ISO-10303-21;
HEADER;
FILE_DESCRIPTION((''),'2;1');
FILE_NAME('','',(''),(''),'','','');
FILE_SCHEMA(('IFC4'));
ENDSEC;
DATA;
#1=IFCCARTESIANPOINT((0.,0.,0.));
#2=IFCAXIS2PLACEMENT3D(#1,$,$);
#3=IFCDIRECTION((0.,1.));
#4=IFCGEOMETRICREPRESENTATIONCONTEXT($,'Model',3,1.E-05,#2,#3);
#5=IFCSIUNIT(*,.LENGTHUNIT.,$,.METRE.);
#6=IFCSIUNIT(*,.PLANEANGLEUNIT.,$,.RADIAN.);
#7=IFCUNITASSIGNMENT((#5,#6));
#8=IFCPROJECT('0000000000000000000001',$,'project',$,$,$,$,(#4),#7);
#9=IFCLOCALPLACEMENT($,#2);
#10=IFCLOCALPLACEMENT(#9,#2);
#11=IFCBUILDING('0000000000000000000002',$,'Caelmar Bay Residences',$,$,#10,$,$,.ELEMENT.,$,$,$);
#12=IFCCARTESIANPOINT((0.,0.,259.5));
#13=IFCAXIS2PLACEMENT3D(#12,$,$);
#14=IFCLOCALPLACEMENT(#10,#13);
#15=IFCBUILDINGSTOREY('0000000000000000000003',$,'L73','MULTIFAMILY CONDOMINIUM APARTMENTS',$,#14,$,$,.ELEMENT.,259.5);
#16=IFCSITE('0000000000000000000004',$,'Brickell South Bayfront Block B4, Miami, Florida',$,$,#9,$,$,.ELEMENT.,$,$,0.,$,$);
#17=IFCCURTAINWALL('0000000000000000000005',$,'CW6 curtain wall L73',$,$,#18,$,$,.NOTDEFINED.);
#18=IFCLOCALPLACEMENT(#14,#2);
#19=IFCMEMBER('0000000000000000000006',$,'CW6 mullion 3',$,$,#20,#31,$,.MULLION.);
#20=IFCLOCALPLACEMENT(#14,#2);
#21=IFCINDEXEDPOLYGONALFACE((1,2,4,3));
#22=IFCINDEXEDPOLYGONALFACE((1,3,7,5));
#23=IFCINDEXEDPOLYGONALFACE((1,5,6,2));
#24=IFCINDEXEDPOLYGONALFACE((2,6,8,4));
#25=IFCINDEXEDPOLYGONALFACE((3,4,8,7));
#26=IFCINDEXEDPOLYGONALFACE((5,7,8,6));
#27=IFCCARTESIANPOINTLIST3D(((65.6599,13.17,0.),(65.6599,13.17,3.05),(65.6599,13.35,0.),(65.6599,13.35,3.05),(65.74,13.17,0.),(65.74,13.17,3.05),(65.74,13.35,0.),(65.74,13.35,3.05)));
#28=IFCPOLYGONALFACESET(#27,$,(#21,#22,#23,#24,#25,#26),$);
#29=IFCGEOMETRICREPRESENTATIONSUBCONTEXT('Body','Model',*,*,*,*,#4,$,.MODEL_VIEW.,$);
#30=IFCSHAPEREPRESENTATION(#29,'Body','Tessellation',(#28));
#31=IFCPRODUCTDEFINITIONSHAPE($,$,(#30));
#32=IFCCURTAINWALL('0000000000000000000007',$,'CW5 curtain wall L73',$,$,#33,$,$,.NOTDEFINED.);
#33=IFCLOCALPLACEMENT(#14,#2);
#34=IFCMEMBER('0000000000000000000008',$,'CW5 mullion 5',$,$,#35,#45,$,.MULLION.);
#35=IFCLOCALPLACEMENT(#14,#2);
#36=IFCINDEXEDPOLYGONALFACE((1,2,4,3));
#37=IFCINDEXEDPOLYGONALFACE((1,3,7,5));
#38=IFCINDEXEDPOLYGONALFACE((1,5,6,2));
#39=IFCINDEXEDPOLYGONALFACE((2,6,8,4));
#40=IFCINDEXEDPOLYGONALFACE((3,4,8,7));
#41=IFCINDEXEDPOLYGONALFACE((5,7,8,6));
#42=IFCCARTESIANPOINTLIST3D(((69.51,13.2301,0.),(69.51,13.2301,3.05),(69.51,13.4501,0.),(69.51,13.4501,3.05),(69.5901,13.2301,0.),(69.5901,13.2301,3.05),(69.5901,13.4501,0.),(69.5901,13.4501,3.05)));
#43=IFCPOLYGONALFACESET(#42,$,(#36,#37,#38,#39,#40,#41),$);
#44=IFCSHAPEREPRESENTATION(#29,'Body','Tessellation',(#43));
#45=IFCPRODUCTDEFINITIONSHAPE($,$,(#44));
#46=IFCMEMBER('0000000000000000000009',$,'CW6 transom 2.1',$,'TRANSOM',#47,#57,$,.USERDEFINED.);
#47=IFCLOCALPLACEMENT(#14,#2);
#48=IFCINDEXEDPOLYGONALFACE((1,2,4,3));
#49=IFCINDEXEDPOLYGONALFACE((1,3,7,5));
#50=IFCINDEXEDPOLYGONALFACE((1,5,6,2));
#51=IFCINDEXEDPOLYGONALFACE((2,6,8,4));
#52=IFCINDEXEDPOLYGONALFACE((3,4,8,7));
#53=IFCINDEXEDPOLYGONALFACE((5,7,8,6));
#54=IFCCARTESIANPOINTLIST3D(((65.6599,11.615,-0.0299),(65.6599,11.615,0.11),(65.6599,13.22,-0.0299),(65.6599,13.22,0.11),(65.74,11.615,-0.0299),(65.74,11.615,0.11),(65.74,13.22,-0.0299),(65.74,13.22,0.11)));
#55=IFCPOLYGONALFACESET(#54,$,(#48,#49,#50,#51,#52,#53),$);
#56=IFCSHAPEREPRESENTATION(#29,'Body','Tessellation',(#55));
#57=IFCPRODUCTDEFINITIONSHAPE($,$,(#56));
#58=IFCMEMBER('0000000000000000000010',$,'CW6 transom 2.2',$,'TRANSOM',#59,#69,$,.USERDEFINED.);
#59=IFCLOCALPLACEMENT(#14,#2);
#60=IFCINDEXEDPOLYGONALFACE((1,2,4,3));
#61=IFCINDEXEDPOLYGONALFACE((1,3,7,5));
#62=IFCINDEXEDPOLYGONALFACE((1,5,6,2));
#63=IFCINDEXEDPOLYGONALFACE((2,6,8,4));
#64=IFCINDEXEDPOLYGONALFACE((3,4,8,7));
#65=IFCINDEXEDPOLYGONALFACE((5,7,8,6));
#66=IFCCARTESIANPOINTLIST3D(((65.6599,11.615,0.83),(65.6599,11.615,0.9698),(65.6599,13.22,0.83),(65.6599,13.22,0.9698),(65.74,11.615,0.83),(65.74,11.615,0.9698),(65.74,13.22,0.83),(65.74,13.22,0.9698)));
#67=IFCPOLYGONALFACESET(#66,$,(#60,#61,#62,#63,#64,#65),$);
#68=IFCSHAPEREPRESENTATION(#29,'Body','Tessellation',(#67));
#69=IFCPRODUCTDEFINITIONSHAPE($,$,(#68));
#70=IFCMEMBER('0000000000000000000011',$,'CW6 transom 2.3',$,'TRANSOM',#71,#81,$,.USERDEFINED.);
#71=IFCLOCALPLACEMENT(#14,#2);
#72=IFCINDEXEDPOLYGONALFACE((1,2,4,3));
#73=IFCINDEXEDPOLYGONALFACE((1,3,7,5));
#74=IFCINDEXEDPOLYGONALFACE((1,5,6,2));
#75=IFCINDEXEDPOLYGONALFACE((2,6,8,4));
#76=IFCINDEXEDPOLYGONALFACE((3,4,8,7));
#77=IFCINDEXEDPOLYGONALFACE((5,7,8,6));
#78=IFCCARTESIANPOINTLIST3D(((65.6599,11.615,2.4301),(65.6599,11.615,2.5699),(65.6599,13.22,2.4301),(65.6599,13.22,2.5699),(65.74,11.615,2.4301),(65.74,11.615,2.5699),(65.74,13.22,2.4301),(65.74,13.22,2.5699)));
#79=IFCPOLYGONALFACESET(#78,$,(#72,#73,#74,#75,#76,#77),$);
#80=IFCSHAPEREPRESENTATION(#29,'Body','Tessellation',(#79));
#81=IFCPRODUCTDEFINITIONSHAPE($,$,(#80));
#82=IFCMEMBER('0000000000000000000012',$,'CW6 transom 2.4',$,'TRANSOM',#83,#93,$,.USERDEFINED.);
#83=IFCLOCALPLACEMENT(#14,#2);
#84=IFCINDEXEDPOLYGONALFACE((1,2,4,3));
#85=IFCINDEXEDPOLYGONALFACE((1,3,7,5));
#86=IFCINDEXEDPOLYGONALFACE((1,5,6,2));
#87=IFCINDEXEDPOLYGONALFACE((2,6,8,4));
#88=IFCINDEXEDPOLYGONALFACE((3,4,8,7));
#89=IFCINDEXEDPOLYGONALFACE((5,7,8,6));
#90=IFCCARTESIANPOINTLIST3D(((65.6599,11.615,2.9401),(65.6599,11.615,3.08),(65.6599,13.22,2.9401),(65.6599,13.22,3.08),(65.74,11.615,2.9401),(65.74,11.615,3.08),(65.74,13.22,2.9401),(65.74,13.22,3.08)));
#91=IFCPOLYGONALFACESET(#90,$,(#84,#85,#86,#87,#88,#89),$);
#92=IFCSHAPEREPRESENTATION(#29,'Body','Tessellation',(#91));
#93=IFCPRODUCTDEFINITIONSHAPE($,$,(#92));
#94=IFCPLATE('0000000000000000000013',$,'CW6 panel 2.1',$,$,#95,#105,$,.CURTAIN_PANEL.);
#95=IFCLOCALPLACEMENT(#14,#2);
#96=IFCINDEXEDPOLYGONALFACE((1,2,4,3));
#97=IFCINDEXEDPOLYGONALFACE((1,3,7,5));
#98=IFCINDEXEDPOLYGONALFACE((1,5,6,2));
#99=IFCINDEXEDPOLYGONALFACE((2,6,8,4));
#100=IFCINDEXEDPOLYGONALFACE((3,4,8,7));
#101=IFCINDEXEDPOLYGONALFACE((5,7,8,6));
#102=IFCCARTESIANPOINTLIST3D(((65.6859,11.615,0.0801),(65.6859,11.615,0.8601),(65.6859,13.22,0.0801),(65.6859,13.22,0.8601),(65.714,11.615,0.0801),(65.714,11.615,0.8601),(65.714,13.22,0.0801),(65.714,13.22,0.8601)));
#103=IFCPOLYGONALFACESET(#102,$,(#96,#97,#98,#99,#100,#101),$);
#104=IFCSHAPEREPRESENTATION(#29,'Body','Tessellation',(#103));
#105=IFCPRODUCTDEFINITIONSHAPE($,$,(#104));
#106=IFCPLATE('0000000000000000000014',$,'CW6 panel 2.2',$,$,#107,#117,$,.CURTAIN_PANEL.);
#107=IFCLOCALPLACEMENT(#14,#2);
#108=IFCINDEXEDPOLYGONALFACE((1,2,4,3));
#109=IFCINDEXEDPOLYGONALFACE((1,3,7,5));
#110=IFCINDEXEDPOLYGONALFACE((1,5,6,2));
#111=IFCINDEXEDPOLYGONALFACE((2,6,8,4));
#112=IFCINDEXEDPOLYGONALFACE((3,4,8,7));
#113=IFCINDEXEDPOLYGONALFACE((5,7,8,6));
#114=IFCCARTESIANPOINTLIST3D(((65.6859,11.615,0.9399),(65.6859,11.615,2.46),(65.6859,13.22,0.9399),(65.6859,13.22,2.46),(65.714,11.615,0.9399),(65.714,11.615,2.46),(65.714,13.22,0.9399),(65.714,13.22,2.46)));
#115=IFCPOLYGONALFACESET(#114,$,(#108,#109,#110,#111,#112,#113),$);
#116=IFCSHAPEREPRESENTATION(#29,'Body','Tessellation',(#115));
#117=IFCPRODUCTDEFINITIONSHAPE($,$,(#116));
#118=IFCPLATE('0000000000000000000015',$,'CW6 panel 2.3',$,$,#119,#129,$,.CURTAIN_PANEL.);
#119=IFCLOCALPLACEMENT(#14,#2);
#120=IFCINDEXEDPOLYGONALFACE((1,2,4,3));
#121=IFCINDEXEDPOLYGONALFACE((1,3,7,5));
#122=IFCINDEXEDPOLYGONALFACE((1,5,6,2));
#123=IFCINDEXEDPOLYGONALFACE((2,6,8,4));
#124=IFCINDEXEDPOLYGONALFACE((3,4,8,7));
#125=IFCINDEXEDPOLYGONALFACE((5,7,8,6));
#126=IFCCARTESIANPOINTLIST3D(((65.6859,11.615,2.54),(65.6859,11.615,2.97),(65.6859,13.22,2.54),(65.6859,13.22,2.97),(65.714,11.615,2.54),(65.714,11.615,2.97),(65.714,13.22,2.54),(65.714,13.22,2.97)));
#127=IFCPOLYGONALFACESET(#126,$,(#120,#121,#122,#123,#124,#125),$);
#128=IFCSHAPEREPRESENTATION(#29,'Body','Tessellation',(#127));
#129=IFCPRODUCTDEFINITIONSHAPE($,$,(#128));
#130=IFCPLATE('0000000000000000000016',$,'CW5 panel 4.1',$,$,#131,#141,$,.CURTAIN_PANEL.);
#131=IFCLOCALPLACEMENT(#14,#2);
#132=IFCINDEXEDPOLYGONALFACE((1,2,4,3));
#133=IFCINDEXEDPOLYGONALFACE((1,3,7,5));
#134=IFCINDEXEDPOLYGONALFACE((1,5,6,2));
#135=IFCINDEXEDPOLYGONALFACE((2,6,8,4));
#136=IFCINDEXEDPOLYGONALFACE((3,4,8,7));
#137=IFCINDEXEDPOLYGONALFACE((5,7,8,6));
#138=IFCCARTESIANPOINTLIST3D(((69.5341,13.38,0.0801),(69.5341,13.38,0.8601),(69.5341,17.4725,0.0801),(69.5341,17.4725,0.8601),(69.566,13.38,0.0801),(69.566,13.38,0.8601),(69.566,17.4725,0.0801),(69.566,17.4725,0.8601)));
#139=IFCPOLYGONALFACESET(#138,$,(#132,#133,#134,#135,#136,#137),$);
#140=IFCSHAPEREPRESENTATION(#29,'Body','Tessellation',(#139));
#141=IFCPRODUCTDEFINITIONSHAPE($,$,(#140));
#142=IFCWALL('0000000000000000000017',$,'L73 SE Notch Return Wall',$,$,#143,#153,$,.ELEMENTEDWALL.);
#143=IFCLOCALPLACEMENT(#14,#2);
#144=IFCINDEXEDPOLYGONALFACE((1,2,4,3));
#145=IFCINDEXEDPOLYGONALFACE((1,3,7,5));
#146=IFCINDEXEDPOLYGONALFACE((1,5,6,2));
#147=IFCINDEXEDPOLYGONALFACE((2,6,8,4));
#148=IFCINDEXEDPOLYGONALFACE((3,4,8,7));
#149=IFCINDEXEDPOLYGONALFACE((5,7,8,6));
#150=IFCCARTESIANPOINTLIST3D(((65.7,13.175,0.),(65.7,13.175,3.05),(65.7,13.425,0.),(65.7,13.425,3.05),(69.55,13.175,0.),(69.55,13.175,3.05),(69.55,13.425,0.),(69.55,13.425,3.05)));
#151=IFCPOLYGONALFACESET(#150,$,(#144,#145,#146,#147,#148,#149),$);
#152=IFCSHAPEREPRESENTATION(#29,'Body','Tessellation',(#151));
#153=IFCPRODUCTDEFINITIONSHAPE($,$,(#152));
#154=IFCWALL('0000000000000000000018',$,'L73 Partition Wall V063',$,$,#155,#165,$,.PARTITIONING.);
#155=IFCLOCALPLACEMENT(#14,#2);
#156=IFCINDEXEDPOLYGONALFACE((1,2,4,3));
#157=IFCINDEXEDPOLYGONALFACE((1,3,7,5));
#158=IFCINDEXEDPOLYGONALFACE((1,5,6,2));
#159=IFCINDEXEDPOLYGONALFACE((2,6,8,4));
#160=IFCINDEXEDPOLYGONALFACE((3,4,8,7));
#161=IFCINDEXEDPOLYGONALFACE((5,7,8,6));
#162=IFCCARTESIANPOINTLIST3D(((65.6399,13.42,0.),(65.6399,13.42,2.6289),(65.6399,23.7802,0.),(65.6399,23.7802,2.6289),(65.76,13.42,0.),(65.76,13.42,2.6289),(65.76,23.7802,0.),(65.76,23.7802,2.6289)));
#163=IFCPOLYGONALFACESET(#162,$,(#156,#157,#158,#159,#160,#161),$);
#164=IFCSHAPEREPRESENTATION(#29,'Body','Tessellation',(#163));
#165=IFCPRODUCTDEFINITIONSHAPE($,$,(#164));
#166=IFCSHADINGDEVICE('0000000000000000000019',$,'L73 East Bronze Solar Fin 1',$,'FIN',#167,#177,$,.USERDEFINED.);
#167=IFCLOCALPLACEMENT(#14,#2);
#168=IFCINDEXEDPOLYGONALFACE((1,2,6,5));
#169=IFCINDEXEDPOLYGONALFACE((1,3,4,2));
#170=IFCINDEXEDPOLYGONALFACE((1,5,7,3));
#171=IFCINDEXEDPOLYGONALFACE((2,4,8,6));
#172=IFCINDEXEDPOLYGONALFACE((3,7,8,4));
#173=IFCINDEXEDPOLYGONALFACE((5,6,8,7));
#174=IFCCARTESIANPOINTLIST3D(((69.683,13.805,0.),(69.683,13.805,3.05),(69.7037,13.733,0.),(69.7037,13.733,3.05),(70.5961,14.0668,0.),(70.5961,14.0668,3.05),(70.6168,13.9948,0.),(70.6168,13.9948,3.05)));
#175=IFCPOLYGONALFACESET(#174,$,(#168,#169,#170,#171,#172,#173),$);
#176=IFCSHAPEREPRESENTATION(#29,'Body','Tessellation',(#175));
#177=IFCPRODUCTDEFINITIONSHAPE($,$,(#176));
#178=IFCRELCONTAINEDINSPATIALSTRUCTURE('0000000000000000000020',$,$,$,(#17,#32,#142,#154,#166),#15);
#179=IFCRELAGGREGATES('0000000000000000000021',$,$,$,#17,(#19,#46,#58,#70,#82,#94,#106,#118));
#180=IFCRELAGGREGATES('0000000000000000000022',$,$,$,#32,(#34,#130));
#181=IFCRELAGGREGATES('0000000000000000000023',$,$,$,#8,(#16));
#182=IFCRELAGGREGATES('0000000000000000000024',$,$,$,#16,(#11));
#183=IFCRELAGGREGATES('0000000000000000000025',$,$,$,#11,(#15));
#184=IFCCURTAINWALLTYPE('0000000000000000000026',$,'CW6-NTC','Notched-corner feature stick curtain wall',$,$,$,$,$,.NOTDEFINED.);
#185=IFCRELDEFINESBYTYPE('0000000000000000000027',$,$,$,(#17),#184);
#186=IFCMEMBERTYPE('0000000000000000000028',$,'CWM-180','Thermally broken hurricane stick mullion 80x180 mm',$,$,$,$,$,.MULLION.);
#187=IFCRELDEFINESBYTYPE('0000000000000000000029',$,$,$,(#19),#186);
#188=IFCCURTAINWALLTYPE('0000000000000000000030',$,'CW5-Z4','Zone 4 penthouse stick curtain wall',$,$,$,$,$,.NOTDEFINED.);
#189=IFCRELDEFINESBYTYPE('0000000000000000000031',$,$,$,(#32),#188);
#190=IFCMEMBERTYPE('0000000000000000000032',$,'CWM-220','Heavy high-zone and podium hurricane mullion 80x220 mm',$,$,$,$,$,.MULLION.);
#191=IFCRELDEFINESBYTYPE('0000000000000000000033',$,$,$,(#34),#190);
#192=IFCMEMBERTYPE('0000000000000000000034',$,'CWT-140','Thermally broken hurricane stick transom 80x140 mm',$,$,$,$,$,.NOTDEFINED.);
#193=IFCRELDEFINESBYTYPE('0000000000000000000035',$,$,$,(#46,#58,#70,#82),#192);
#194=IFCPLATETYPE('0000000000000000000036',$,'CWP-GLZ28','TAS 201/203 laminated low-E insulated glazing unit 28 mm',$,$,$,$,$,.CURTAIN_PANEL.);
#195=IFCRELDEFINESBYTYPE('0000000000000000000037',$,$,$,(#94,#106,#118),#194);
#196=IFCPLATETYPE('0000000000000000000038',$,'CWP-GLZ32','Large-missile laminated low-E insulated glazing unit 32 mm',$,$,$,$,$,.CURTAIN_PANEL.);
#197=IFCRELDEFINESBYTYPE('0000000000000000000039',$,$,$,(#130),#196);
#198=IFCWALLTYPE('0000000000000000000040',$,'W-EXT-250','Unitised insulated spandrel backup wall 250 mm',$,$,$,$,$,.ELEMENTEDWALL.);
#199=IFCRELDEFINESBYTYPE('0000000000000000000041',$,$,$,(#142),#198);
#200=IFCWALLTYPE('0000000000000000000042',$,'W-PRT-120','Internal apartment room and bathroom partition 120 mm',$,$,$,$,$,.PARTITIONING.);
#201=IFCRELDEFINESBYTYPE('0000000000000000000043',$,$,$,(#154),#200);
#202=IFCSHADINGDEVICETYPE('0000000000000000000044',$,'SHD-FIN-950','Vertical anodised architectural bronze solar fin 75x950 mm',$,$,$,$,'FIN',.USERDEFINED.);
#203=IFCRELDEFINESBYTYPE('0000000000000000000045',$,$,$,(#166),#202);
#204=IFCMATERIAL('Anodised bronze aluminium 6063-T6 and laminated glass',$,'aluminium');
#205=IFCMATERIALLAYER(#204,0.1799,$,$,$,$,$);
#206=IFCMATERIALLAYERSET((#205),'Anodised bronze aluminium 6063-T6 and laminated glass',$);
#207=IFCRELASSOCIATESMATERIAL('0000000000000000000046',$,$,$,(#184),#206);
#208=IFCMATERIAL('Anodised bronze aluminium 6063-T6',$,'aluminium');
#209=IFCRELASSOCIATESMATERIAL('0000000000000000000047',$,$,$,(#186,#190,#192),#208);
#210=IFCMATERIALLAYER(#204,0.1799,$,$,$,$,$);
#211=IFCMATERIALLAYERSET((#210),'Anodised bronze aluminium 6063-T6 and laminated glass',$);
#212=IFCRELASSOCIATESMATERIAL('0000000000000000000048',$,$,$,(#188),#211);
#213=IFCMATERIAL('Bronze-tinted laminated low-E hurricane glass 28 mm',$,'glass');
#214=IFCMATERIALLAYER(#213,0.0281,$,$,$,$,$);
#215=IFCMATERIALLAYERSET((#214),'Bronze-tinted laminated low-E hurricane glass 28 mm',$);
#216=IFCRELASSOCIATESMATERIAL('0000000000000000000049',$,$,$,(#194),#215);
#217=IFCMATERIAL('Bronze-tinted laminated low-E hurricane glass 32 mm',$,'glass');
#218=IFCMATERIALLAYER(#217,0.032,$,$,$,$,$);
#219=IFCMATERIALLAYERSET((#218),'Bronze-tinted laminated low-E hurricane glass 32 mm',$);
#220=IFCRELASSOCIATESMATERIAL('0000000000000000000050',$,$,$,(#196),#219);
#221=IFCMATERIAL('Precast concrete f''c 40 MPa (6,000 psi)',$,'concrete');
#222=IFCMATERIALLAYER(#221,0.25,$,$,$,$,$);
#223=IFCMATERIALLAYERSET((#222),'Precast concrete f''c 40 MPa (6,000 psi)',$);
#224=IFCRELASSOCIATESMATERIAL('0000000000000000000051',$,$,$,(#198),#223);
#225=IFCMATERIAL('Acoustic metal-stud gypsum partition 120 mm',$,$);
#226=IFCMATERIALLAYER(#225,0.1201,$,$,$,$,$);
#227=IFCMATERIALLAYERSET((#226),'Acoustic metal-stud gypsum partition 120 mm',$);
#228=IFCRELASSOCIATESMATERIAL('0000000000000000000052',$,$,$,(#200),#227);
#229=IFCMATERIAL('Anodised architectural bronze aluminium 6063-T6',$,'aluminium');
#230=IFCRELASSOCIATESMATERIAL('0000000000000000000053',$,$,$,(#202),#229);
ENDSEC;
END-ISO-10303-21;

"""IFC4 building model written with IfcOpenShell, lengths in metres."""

from ifc_helpers import new_model, si_unit, direction, frame, frame_2d, origin, origin_2d, place, context, subcontext, project, spatial, rectangle, extrude, material, layer, layer_set, material_profile, profile_set, type_object, element, aggregate, save


model = new_model("IFC4")

# Units and contexts
model_context = context("Model", 3, precision=1e-05, world=origin(), true_north=direction((0.0, 1.0)))
body_context = subcontext(model_context, "Body", "Model", "MODEL_VIEW")
ifc_project = project(units=[si_unit("LENGTHUNIT", "METRE"), si_unit("PLANEANGLEUNIT", "RADIAN")], contexts=[model_context])

# Site, building, storey
site_placement = place(None, origin())
site = spatial("IfcSite", under=ifc_project, at=site_placement, Name="Brickell South Bayfront Block B4, Miami, Florida", CompositionType="ELEMENT", RefElevation=0.0)
building_placement = place(site_placement, origin())
building = spatial("IfcBuilding", under=site, at=building_placement, Name="Caelmar Bay Residences", CompositionType="ELEMENT")
storey_placement = place(building_placement, frame((0.0, 0.0, 259.5)))
storey = spatial("IfcBuildingStorey", under=building, at=storey_placement, Name="L73", Description="MULTIFAMILY CONDOMINIUM APARTMENTS", CompositionType="ELEMENT", Elevation=259.5)

# Curtain walls, members
ifc_material_1 = material(Name="Anodised bronze aluminium 6063-T6 and laminated glass", Category="aluminium")
ifc_layer_1 = layer(ifc_material_1, 0.1799)
ifc_layer_set_1 = layer_set([ifc_layer_1], Name="Anodised bronze aluminium 6063-T6 and laminated glass")
curtain_wall_type_1 = type_object("IfcCurtainWallType", Name="CW6-NTC", Description="Notched-corner feature stick curtain wall", PredefinedType="NOTDEFINED", material=ifc_layer_set_1)
curtain_wall_1_placement = place(storey_placement, origin())
curtain_wall_1 = element("IfcCurtainWall", 1, at=curtain_wall_1_placement, inside=storey, type_object=curtain_wall_type_1, Name="CW6 curtain wall L73", PredefinedType="NOTDEFINED")
ifc_material_2 = material(Name="Anodised bronze aluminium 6063-T6", Category="aluminium")
ifc_material_profile_1 = material_profile(ifc_material_2, rectangle(XDim=0.0801, YDim=0.1799, at=origin_2d()), Name="CWM-80X180")
ifc_profile_set_1 = profile_set([ifc_material_profile_1], Name="Anodised bronze aluminium 6063-T6")
member_type_1 = type_object("IfcMemberType", Name="CWM-180", Description="Thermally broken hurricane stick mullion 80x180 mm", PredefinedType="MULLION", material=ifc_profile_set_1)
member_1_placement = place(storey_placement, frame((65.7, 13.26, 0.0), z_axis=(0.0, 0.0, 1.0), x_axis=(-1.0, 0.0, 0.0)))
member_1 = element("IfcMember", 2, at=member_1_placement, type_object=member_type_1, Name="CW6 mullion 3", PredefinedType="MULLION", context=body_context, shape_type="SweptSolid", body=[
    extrude(rectangle(XDim=0.0801, YDim=0.1799, at=origin_2d()), origin(), (0.0, 0.0, 1.0), 3.05),
])
ifc_layer_2 = layer(ifc_material_1, 0.1799)
ifc_layer_set_2 = layer_set([ifc_layer_2], Name="Anodised bronze aluminium 6063-T6 and laminated glass")
curtain_wall_type_2 = type_object("IfcCurtainWallType", Name="CW5-Z4", Description="Zone 4 penthouse stick curtain wall", PredefinedType="NOTDEFINED", material=ifc_layer_set_2)
curtain_wall_2_placement = place(storey_placement, origin())
curtain_wall_2 = element("IfcCurtainWall", 3, at=curtain_wall_2_placement, inside=storey, type_object=curtain_wall_type_2, Name="CW5 curtain wall L73", PredefinedType="NOTDEFINED")
ifc_material_profile_2 = material_profile(ifc_material_2, rectangle(XDim=0.0801, YDim=0.22, at=origin_2d()), Name="CWM-80X220")
ifc_profile_set_2 = profile_set([ifc_material_profile_2], Name="Anodised bronze aluminium 6063-T6")
member_type_2 = type_object("IfcMemberType", Name="CWM-220", Description="Heavy high-zone and podium hurricane mullion 80x220 mm", PredefinedType="MULLION", material=ifc_profile_set_2)
member_2_placement = place(storey_placement, frame((69.55, 13.3401, 0.0), z_axis=(0.0, 0.0, 1.0), x_axis=(1.0, 0.0, 0.0)))
member_2 = element("IfcMember", 4, at=member_2_placement, type_object=member_type_2, Name="CW5 mullion 5", PredefinedType="MULLION", context=body_context, shape_type="SweptSolid", body=[
    extrude(rectangle(XDim=0.0801, YDim=0.22, at=origin_2d()), origin(), (0.0, 0.0, 1.0), 3.05),
])

# Members
ifc_material_profile_3 = material_profile(ifc_material_2, rectangle(XDim=0.0801, YDim=0.1399, at=origin_2d()), Name="CWT-80X140")
ifc_profile_set_3 = profile_set([ifc_material_profile_3], Name="Anodised bronze aluminium 6063-T6")
member_type_3 = type_object("IfcMemberType", Name="CWT-140", Description="Thermally broken hurricane stick transom 80x140 mm", PredefinedType="NOTDEFINED", material=ifc_profile_set_3)
member_3_placement = place(storey_placement, frame((65.7, 11.615, 0.04), z_axis=(0.0, 1.0, 0.0), x_axis=(-1.0, 0.0, 0.0)))
member_3 = element("IfcMember", 5, at=member_3_placement, type_object=member_type_3, Name="CW6 transom 2.1", ObjectType="TRANSOM", PredefinedType="USERDEFINED", context=body_context, shape_type="SweptSolid", body=[
    extrude(rectangle(XDim=0.0801, YDim=0.1399, at=origin_2d()), origin(), (0.0, 0.0, 1.0), 1.605),
])
member_4_placement = place(storey_placement, frame((65.7, 11.615, 0.8999), z_axis=(0.0, 1.0, 0.0), x_axis=(-1.0, 0.0, 0.0)))
member_4 = element("IfcMember", 6, at=member_4_placement, type_object=member_type_3, Name="CW6 transom 2.2", ObjectType="TRANSOM", PredefinedType="USERDEFINED", context=body_context, shape_type="SweptSolid", body=[
    extrude(rectangle(XDim=0.0801, YDim=0.1399, at=origin_2d()), origin(), (0.0, 0.0, 1.0), 1.605),
])
member_5_placement = place(storey_placement, frame((65.7, 11.615, 2.5), z_axis=(0.0, 1.0, 0.0), x_axis=(-1.0, 0.0, 0.0)))
member_5 = element("IfcMember", 7, at=member_5_placement, type_object=member_type_3, Name="CW6 transom 2.3", ObjectType="TRANSOM", PredefinedType="USERDEFINED", context=body_context, shape_type="SweptSolid", body=[
    extrude(rectangle(XDim=0.0801, YDim=0.1399, at=origin_2d()), origin(), (0.0, 0.0, 1.0), 1.605),
])
member_6_placement = place(storey_placement, frame((65.7, 11.615, 3.01), z_axis=(0.0, 1.0, 0.0), x_axis=(-1.0, 0.0, 0.0)))
member_6 = element("IfcMember", 8, at=member_6_placement, type_object=member_type_3, Name="CW6 transom 2.4", ObjectType="TRANSOM", PredefinedType="USERDEFINED", context=body_context, shape_type="SweptSolid", body=[
    extrude(rectangle(XDim=0.0801, YDim=0.1399, at=origin_2d()), origin(), (0.0, 0.0, 1.0), 1.605),
])

# Plates
ifc_material_3 = material(Name="Bronze-tinted laminated low-E hurricane glass 28 mm", Category="glass")
ifc_layer_3 = layer(ifc_material_3, 0.0281)
ifc_layer_set_3 = layer_set([ifc_layer_3], Name="Bronze-tinted laminated low-E hurricane glass 28 mm")
plate_type_1 = type_object("IfcPlateType", Name="CWP-GLZ28", Description="TAS 201/203 laminated low-E insulated glazing unit 28 mm", PredefinedType="CURTAIN_PANEL", material=ifc_layer_set_3)
plate_1_placement = place(storey_placement, frame((65.7, 12.4175, 0.0801), z_axis=(0.0, 0.0, 1.0), x_axis=(0.0, 1.0, 0.0)))
plate_1 = element("IfcPlate", 9, at=plate_1_placement, type_object=plate_type_1, Name="CW6 panel 2.1", PredefinedType="CURTAIN_PANEL", context=body_context, shape_type="SweptSolid", body=[
    extrude(rectangle(XDim=1.605, YDim=0.0281, at=origin_2d()), origin(), (0.0, 0.0, 1.0), 0.78),
])
plate_2_placement = place(storey_placement, frame((65.7, 12.4175, 0.9399), z_axis=(0.0, 0.0, 1.0), x_axis=(0.0, 1.0, 0.0)))
plate_2 = element("IfcPlate", 10, at=plate_2_placement, type_object=plate_type_1, Name="CW6 panel 2.2", PredefinedType="CURTAIN_PANEL", context=body_context, shape_type="SweptSolid", body=[
    extrude(rectangle(XDim=1.605, YDim=0.0281, at=origin_2d()), origin(), (0.0, 0.0, 1.0), 1.52),
])
plate_3_placement = place(storey_placement, frame((65.7, 12.4175, 2.54), z_axis=(0.0, 0.0, 1.0), x_axis=(0.0, 1.0, 0.0)))
plate_3 = element("IfcPlate", 11, at=plate_3_placement, type_object=plate_type_1, Name="CW6 panel 2.3", PredefinedType="CURTAIN_PANEL", context=body_context, shape_type="SweptSolid", body=[
    extrude(rectangle(XDim=1.605, YDim=0.0281, at=origin_2d()), origin(), (0.0, 0.0, 1.0), 0.4299),
])
aggregate(curtain_wall_1, [member_1, member_3, member_4, member_5, member_6, plate_1, plate_2, plate_3])
ifc_material_4 = material(Name="Bronze-tinted laminated low-E hurricane glass 32 mm", Category="glass")
ifc_layer_4 = layer(ifc_material_4, 0.032)
ifc_layer_set_4 = layer_set([ifc_layer_4], Name="Bronze-tinted laminated low-E hurricane glass 32 mm")
plate_type_2 = type_object("IfcPlateType", Name="CWP-GLZ32", Description="Large-missile laminated low-E insulated glazing unit 32 mm", PredefinedType="CURTAIN_PANEL", material=ifc_layer_set_4)
plate_4_placement = place(storey_placement, frame((69.55, 15.4263, 0.0801), z_axis=(0.0, 0.0, 1.0), x_axis=(0.0, -1.0, 0.0)))
plate_4 = element("IfcPlate", 12, at=plate_4_placement, type_object=plate_type_2, Name="CW5 panel 4.1", PredefinedType="CURTAIN_PANEL", context=body_context, shape_type="SweptSolid", body=[
    extrude(rectangle(XDim=4.0925, YDim=0.032, at=origin_2d()), origin(), (0.0, 0.0, 1.0), 0.78),
])
aggregate(curtain_wall_2, [member_2, plate_4])

# Walls
ifc_material_5 = material(Name="Precast concrete f'c 40 MPa (6,000 psi)", Category="concrete")
ifc_layer_5 = layer(ifc_material_5, 0.25)
ifc_layer_set_5 = layer_set([ifc_layer_5], Name="Precast concrete f'c 40 MPa (6,000 psi)")
wall_type_1 = type_object("IfcWallType", Name="W-EXT-250", Description="Unitised insulated spandrel backup wall 250 mm", PredefinedType="ELEMENTEDWALL", material=ifc_layer_set_5)
wall_1_placement = place(storey_placement, frame((65.7, 13.3, 0.0), z_axis=(0.0, 0.0, 1.0), x_axis=(1.0, 0.0, 0.0)))
element("IfcWall", 13, at=wall_1_placement, inside=storey, type_object=wall_type_1, Name="L73 SE Notch Return Wall", PredefinedType="ELEMENTEDWALL", context=body_context, shape_type="SweptSolid", body=[
    extrude(rectangle(XDim=3.8501, YDim=0.25, at=frame_2d((1.925, 0.0))), origin(), (0.0, 0.0, 1.0), 3.05),
])
ifc_material_6 = material(Name="Acoustic metal-stud gypsum partition 120 mm")
ifc_layer_6 = layer(ifc_material_6, 0.1201)
ifc_layer_set_6 = layer_set([ifc_layer_6], Name="Acoustic metal-stud gypsum partition 120 mm")
wall_type_2 = type_object("IfcWallType", Name="W-PRT-120", Description="Internal apartment room and bathroom partition 120 mm", PredefinedType="PARTITIONING", material=ifc_layer_set_6)
wall_2_placement = place(storey_placement, frame((65.7, 13.4199, 0.0), z_axis=(0.0, 0.0, 1.0), x_axis=(0.0, 1.0, 0.0)))
element("IfcWall", 14, at=wall_2_placement, inside=storey, type_object=wall_type_2, Name="L73 Partition Wall V063", PredefinedType="PARTITIONING", context=body_context, shape_type="SweptSolid", body=[
    extrude(rectangle(XDim=10.3601, YDim=0.1201, at=frame_2d((5.1802, 0.0))), origin(), (0.0, 0.0, 1.0), 2.6289),
])

# Shading device
ifc_material_7 = material(Name="Anodised architectural bronze aluminium 6063-T6", Category="aluminium")
ifc_material_profile_4 = material_profile(ifc_material_7, rectangle(XDim=0.075, YDim=0.95, at=origin_2d()), Name="BRONZE-FIN-75X950")
ifc_profile_set_4 = profile_set([ifc_material_profile_4], Name="Anodised architectural bronze aluminium 6063-T6")
shading_device_type = type_object("IfcShadingDeviceType", Name="SHD-FIN-950", Description="Vertical anodised architectural bronze solar fin 75x950 mm", ElementType="FIN", PredefinedType="USERDEFINED", material=ifc_profile_set_4)
shading_device_placement = place(storey_placement, frame((70.1499, 13.8999, 0.0), z_axis=(0.0, 0.0, 1.0), x_axis=(-0.275637, 0.961262, 0.0)))
element("IfcShadingDevice", 15, at=shading_device_placement, inside=storey, type_object=shading_device_type, Name="L73 East Bronze Solar Fin 1", ObjectType="FIN", PredefinedType="USERDEFINED", context=body_context, shape_type="SweptSolid", body=[
    extrude(rectangle(XDim=0.075, YDim=0.95, at=origin_2d()), origin(), (0.0, 0.0, 1.0), 3.05),
])

save(model, "model.ifc")
